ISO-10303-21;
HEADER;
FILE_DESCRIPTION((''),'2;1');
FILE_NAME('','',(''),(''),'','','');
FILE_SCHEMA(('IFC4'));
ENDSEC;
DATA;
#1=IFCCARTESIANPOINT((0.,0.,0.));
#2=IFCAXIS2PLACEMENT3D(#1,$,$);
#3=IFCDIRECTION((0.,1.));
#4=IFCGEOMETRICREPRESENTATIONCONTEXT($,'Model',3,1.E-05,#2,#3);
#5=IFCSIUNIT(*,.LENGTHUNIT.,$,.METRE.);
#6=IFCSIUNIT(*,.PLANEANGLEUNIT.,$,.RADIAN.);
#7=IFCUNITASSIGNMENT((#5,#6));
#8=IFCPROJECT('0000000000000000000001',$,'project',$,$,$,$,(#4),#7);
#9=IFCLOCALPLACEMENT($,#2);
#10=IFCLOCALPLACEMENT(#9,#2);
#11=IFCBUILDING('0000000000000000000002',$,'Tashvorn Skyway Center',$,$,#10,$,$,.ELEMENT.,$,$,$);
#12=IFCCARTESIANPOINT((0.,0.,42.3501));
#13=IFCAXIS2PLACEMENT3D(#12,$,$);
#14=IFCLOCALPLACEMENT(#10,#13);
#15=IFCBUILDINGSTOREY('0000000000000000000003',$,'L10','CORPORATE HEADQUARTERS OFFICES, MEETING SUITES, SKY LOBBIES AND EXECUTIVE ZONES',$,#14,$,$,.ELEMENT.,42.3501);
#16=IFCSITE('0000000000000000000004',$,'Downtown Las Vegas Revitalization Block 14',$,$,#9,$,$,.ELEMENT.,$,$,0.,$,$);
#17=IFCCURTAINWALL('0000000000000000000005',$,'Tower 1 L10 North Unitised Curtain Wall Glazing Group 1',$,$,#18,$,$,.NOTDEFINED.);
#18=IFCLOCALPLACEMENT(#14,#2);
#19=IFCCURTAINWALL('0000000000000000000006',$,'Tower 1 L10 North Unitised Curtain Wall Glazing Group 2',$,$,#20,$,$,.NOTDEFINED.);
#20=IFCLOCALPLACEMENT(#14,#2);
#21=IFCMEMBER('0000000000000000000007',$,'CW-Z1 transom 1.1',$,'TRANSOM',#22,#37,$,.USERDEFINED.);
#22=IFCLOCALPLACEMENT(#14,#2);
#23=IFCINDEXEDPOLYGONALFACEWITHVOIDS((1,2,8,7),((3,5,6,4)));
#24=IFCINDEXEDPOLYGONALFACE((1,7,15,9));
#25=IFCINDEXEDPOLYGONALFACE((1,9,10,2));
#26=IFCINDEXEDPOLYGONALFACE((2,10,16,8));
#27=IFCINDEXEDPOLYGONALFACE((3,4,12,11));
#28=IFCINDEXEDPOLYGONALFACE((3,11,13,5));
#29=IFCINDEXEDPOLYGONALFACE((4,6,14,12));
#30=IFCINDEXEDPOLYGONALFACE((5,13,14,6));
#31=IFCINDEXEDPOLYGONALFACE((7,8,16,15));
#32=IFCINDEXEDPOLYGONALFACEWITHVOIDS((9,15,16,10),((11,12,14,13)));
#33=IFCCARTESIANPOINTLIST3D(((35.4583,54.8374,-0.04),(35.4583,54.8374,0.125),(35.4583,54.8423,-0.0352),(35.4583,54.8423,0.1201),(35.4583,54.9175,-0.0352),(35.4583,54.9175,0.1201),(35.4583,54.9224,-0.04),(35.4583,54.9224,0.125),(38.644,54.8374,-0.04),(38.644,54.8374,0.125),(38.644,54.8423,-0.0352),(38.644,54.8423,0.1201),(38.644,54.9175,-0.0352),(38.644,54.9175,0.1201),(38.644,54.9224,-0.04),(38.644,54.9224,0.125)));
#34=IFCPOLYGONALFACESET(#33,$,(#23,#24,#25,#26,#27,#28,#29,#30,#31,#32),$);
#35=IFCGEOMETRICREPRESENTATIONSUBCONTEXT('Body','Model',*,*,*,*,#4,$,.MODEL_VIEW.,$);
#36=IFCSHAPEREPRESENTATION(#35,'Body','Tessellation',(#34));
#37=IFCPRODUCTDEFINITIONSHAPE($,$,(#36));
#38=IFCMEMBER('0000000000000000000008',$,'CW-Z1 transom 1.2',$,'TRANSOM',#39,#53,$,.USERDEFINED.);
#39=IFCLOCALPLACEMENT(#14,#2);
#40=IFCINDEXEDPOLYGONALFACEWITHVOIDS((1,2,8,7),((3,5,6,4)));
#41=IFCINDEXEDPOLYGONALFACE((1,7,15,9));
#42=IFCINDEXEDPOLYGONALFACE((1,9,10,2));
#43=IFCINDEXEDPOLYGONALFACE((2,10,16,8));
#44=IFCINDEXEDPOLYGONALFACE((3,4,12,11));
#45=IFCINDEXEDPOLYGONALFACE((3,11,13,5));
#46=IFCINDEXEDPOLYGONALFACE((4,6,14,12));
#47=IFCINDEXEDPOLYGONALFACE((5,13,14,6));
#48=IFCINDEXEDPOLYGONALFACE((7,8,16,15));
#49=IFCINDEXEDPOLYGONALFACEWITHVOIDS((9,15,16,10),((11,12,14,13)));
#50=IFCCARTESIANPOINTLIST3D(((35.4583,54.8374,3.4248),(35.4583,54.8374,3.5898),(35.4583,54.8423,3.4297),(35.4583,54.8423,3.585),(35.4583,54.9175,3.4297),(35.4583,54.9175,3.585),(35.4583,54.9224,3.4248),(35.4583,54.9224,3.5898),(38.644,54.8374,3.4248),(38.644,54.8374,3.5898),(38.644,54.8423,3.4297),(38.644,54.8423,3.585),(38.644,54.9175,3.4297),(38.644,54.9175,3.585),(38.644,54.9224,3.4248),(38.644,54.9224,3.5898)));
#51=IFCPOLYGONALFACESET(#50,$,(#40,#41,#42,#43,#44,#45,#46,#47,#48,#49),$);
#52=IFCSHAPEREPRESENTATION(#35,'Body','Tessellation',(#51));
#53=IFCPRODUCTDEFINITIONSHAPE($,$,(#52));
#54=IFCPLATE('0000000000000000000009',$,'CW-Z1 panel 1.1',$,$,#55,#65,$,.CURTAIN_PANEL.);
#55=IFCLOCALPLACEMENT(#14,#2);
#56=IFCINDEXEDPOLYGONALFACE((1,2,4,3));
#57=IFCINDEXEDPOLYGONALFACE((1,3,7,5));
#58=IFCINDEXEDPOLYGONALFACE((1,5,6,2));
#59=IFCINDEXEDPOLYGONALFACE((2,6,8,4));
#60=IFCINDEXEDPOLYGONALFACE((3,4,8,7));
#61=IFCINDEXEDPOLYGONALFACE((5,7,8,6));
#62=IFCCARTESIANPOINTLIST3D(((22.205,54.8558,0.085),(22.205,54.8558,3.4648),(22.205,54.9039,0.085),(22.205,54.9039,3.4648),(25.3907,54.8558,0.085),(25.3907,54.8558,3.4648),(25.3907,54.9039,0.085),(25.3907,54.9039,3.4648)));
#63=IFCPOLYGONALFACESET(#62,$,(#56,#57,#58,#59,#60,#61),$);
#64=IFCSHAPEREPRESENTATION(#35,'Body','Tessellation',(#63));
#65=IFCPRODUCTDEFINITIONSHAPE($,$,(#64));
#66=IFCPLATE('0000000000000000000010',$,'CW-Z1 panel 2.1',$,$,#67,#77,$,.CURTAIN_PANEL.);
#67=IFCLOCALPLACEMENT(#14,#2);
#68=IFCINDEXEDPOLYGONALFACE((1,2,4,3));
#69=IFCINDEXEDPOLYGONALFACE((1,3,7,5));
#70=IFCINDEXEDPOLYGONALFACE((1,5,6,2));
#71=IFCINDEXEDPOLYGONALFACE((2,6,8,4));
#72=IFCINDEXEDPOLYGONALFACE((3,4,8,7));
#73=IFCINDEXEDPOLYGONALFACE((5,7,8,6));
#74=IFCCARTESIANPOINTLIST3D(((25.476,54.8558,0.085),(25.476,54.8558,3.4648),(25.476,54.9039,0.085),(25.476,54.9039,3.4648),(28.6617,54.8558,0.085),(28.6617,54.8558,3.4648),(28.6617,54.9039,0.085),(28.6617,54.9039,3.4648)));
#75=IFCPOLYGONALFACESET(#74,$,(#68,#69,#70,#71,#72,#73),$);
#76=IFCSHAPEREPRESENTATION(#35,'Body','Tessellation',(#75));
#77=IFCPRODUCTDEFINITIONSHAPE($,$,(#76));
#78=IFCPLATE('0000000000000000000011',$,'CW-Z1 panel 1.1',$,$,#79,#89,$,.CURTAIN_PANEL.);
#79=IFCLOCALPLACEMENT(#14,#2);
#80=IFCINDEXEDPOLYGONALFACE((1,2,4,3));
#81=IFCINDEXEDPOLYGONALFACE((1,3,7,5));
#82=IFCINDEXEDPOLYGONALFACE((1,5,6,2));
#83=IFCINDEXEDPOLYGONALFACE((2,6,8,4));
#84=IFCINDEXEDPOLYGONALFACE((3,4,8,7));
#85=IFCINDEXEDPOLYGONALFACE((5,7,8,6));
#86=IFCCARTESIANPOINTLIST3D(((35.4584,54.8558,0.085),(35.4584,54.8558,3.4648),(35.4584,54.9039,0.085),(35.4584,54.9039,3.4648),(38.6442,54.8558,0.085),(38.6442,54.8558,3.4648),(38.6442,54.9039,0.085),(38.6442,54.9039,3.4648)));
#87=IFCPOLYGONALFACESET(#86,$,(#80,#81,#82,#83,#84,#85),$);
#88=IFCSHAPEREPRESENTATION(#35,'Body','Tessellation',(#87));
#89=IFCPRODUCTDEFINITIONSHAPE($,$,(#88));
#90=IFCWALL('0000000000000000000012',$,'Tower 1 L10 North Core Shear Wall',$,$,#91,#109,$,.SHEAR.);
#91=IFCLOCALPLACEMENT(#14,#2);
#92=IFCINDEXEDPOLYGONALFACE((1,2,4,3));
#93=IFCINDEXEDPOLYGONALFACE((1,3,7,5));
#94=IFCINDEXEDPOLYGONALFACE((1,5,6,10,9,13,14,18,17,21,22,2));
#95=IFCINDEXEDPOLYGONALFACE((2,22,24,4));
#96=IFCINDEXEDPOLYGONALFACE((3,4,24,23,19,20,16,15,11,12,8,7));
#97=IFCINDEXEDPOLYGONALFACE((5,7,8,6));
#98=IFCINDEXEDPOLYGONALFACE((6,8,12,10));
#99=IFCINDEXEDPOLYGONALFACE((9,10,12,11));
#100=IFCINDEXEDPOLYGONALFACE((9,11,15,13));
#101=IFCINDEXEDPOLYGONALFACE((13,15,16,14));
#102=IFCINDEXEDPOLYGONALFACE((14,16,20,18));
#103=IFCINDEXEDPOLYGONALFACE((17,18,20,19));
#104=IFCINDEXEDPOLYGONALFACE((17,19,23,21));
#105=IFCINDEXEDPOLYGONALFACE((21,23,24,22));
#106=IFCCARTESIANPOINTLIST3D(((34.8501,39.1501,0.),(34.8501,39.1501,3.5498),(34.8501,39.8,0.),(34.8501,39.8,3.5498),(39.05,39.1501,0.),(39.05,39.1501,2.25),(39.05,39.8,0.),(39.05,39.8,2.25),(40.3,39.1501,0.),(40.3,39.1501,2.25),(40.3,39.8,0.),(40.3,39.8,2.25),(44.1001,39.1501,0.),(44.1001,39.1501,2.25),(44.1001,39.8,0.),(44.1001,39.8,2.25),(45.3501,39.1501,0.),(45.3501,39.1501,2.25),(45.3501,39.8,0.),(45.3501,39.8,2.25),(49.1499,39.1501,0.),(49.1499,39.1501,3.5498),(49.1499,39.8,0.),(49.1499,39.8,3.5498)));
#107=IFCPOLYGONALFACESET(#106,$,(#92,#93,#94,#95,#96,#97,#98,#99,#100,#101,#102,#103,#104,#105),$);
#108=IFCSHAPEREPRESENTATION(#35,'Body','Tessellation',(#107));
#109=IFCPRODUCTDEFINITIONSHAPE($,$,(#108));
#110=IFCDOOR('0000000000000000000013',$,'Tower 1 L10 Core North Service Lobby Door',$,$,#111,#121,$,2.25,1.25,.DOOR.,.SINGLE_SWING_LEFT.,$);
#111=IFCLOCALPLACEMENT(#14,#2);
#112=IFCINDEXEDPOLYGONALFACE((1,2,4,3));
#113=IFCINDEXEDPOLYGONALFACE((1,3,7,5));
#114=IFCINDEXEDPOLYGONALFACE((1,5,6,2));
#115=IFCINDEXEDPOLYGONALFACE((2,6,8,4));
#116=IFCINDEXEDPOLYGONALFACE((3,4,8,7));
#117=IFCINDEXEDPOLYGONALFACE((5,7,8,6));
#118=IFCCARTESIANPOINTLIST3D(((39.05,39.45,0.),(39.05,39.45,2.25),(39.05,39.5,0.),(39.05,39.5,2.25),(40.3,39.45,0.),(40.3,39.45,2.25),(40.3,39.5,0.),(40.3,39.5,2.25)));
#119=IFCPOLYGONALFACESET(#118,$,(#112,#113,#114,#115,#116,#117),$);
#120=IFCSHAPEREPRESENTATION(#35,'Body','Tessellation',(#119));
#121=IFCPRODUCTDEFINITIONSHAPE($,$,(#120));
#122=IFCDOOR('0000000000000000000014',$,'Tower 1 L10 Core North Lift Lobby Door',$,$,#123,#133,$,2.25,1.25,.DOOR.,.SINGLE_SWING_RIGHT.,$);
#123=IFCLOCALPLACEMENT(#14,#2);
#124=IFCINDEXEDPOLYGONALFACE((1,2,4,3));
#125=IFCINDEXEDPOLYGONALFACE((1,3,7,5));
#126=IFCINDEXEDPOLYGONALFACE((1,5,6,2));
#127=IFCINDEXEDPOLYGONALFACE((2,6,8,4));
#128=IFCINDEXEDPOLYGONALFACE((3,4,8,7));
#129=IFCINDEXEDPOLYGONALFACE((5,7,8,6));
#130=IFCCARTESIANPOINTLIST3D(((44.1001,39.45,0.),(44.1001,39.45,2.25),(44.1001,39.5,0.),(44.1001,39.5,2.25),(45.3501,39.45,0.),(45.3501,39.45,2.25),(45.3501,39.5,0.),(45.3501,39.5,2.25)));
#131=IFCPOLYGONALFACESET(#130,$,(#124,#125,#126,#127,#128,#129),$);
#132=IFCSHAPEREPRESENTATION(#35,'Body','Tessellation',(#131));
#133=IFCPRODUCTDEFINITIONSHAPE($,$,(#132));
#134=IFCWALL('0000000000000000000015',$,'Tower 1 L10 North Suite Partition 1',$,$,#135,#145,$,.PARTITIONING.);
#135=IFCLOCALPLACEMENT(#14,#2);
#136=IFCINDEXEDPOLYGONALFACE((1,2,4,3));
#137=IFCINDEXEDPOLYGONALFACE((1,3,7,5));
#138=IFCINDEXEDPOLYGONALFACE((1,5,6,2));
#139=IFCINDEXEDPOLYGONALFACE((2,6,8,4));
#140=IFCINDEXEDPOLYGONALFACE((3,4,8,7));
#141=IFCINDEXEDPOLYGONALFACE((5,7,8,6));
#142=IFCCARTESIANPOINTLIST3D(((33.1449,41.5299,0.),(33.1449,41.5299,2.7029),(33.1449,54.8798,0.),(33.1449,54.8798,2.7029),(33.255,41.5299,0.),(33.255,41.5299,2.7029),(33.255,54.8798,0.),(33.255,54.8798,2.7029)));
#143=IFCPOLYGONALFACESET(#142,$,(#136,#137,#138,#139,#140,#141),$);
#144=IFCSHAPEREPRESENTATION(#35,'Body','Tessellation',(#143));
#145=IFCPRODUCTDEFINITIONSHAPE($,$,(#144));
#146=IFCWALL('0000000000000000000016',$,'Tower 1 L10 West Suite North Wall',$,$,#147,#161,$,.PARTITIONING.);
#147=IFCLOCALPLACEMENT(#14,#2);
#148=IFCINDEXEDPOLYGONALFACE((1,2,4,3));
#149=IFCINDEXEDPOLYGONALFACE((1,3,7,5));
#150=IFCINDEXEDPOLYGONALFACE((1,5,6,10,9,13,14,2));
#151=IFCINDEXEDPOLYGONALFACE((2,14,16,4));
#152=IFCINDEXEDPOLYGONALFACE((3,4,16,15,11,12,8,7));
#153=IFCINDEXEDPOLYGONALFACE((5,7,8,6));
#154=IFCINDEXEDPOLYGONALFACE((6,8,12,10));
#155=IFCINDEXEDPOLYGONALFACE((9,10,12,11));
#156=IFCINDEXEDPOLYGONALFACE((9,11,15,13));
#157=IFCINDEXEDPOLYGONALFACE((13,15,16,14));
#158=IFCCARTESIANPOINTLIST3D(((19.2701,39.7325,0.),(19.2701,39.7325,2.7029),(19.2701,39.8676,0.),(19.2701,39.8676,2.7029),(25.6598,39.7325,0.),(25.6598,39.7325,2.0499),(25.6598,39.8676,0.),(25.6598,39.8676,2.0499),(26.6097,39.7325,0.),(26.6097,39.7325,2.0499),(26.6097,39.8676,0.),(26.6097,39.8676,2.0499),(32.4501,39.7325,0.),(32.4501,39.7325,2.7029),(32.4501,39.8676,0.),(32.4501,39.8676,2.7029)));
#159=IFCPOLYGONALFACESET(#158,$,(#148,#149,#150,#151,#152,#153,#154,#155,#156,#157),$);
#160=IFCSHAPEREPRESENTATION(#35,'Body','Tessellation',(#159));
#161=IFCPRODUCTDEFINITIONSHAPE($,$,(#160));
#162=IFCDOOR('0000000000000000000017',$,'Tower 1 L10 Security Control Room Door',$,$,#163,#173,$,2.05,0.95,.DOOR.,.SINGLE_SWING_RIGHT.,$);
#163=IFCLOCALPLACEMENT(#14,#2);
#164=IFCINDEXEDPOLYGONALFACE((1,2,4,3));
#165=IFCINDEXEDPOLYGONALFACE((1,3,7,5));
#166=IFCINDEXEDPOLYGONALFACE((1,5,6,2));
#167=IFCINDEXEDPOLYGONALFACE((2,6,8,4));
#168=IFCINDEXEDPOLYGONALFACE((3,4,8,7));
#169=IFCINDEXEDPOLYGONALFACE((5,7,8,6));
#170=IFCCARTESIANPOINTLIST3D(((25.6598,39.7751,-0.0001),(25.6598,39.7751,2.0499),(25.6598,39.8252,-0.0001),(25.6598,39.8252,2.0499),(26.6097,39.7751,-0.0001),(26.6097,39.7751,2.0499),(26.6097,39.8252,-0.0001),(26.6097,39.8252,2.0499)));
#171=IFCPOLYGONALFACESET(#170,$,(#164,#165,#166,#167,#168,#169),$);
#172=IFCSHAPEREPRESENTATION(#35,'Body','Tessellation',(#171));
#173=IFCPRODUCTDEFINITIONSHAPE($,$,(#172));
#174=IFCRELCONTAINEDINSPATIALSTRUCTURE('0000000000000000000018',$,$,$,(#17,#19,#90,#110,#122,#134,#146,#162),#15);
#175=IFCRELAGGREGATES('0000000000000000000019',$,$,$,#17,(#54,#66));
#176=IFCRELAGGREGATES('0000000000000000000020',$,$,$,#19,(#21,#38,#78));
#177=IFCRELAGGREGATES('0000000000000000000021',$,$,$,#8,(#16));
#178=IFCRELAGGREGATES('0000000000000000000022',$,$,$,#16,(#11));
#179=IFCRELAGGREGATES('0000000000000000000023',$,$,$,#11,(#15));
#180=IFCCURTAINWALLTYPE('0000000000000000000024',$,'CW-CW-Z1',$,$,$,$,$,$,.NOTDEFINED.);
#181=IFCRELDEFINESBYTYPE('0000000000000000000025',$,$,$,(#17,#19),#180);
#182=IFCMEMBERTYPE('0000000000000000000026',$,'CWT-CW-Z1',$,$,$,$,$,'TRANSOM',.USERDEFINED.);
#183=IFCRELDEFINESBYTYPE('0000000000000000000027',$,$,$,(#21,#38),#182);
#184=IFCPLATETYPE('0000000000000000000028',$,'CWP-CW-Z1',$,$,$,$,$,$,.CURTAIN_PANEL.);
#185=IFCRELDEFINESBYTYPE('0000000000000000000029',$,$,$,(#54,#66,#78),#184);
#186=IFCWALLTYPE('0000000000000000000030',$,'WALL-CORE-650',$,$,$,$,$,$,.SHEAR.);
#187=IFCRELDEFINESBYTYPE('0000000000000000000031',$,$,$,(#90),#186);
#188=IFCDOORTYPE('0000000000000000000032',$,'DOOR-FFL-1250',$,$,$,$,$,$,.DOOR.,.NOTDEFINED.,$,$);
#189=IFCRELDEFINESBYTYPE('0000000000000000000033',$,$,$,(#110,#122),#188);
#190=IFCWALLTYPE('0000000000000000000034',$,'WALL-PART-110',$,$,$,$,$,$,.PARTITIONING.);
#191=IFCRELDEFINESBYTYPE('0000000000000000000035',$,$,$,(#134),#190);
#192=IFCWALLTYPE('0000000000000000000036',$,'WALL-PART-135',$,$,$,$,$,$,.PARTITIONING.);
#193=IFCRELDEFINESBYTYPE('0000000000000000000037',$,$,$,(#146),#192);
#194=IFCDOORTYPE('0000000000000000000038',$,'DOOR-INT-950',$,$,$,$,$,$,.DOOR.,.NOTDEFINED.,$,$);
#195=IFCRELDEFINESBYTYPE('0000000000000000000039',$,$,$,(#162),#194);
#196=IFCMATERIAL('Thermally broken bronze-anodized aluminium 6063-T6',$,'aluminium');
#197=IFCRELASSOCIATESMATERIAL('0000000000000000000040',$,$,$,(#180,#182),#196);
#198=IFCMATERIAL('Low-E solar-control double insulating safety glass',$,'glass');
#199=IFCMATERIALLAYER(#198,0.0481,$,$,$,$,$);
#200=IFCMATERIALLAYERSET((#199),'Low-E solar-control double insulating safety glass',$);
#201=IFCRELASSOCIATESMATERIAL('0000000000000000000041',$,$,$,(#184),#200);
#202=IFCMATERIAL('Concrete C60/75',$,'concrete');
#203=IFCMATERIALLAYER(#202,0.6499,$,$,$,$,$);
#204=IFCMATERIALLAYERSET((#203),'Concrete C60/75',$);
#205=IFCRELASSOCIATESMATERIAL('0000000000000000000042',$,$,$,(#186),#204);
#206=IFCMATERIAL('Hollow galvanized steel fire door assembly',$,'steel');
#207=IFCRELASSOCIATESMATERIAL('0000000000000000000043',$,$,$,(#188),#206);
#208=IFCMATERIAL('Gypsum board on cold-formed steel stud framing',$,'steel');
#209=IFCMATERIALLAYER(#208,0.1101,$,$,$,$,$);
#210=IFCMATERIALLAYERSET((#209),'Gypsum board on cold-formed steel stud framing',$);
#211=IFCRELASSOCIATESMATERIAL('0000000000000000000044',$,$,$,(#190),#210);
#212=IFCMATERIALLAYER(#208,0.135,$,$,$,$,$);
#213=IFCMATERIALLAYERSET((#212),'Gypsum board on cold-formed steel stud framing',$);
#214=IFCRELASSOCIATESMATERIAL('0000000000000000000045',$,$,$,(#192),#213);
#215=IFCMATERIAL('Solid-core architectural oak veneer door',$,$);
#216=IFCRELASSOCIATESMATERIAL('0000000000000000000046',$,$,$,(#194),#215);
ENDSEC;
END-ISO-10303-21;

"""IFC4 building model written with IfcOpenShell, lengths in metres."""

from ifc_helpers import new_model, si_unit, direction, frame, frame_2d, origin, origin_2d, place, context, subcontext, project, spatial, rectangle, hollow_rectangle, extrude, material, layer, layer_set, material_profile, profile_set, type_object, element, fill, aggregate, save


model = new_model("IFC4")

# Units and contexts
model_context = context("Model", 3, precision=1e-05, world=origin(), true_north=direction((0.0, 1.0)))
body_context = subcontext(model_context, "Body", "Model", "MODEL_VIEW")
ifc_project = project(units=[si_unit("LENGTHUNIT", "METRE"), si_unit("PLANEANGLEUNIT", "RADIAN")], contexts=[model_context])

# Site, building, storey
site_placement = place(None, origin())
site = spatial("IfcSite", under=ifc_project, at=site_placement, Name="Downtown Las Vegas Revitalization Block 14", CompositionType="ELEMENT", RefElevation=0.0)
building_placement = place(site_placement, origin())
building = spatial("IfcBuilding", under=site, at=building_placement, Name="Tashvorn Skyway Center", CompositionType="ELEMENT")
storey_placement = place(building_placement, frame((0.0, 0.0, 42.3501)))
storey = spatial("IfcBuildingStorey", under=building, at=storey_placement, Name="L10", Description="CORPORATE HEADQUARTERS OFFICES, MEETING SUITES, SKY LOBBIES AND EXECUTIVE ZONES", CompositionType="ELEMENT", Elevation=42.3501)

# Curtain wall
ifc_material_1 = material(Name="Thermally broken bronze-anodized aluminium 6063-T6", Category="aluminium")
curtain_wall_type = type_object("IfcCurtainWallType", Name="CW-CW-Z1", PredefinedType="NOTDEFINED", material=ifc_material_1)
curtain_wall_1_placement = place(storey_placement, origin())
curtain_wall_1 = element("IfcCurtainWall", 1, at=curtain_wall_1_placement, inside=storey, type_object=curtain_wall_type, Name="Tower 1 L10 North Unitised Curtain Wall Glazing Group 1", PredefinedType="NOTDEFINED")

# Curtain wall
curtain_wall_2_placement = place(storey_placement, origin())
curtain_wall_2 = element("IfcCurtainWall", 2, at=curtain_wall_2_placement, inside=storey, type_object=curtain_wall_type, Name="Tower 1 L10 North Unitised Curtain Wall Glazing Group 2", PredefinedType="NOTDEFINED")

# Members
ifc_material_profile_1 = material_profile(ifc_material_1, hollow_rectangle(XDim=0.085, YDim=0.165, WallThickness=0.0049, at=origin_2d()), Name="ALU-TRAN-85x165")
ifc_profile_set_1 = profile_set([ifc_material_profile_1], Name="Thermally broken bronze-anodized aluminium 6063-T6")
member_type_1 = type_object("IfcMemberType", Name="CWT-CW-Z1", ElementType="TRANSOM", PredefinedType="USERDEFINED", material=ifc_profile_set_1)
member_1_placement = place(storey_placement, frame((35.4583, 54.8799, 0.0425), z_axis=(1.0, 0.0, 0.0), x_axis=(0.0, 1.0, 0.0)))
member_1 = element("IfcMember", 3, at=member_1_placement, type_object=member_type_1, Name="CW-Z1 transom 1.1", ObjectType="TRANSOM", PredefinedType="USERDEFINED", context=body_context, shape_type="SweptSolid", body=[
    extrude(hollow_rectangle(XDim=0.085, YDim=0.165, WallThickness=0.0049, at=origin_2d()), origin(), (0.0, 0.0, 1.0), 3.1858),
])
member_2_placement = place(storey_placement, frame((35.4583, 54.8799, 3.5073), z_axis=(1.0, 0.0, 0.0), x_axis=(0.0, 1.0, 0.0)))
member_2 = element("IfcMember", 4, at=member_2_placement, type_object=member_type_1, Name="CW-Z1 transom 1.2", ObjectType="TRANSOM", PredefinedType="USERDEFINED", context=body_context, shape_type="SweptSolid", body=[
    extrude(hollow_rectangle(XDim=0.085, YDim=0.165, WallThickness=0.0049, at=origin_2d()), origin(), (0.0, 0.0, 1.0), 3.1858),
])

# Plates
ifc_material_2 = material(Name="Low-E solar-control double insulating safety glass", Category="glass")
ifc_layer_1 = layer(ifc_material_2, 0.0481)
ifc_layer_set_1 = layer_set([ifc_layer_1], Name="Low-E solar-control double insulating safety glass")
plate_type = type_object("IfcPlateType", Name="CWP-CW-Z1", PredefinedType="CURTAIN_PANEL", material=ifc_layer_set_1)
plate_1_placement = place(storey_placement, frame((23.7979, 54.8799, 0.085), z_axis=(0.0, 0.0, 1.0), x_axis=(1.0, 0.0, 0.0)))
plate_1 = element("IfcPlate", 5, at=plate_1_placement, type_object=plate_type, Name="CW-Z1 panel 1.1", PredefinedType="CURTAIN_PANEL", context=body_context, shape_type="SweptSolid", body=[
    extrude(rectangle(XDim=3.1858, YDim=0.0481, at=origin_2d()), origin(), (0.0, 0.0, 1.0), 3.3799),
])
plate_2_placement = place(storey_placement, frame((27.0688, 54.8799, 0.085), z_axis=(0.0, 0.0, 1.0), x_axis=(1.0, 0.0, 0.0)))
plate_2 = element("IfcPlate", 6, at=plate_2_placement, type_object=plate_type, Name="CW-Z1 panel 2.1", PredefinedType="CURTAIN_PANEL", context=body_context, shape_type="SweptSolid", body=[
    extrude(rectangle(XDim=3.1858, YDim=0.0481, at=origin_2d()), origin(), (0.0, 0.0, 1.0), 3.3799),
])
aggregate(curtain_wall_1, [plate_1, plate_2])
plate_3_placement = place(storey_placement, frame((37.0513, 54.8799, 0.085), z_axis=(0.0, 0.0, 1.0), x_axis=(1.0, 0.0, 0.0)))
plate_3 = element("IfcPlate", 7, at=plate_3_placement, type_object=plate_type, Name="CW-Z1 panel 1.1", PredefinedType="CURTAIN_PANEL", context=body_context, shape_type="SweptSolid", body=[
    extrude(rectangle(XDim=3.1858, YDim=0.0481, at=origin_2d()), origin(), (0.0, 0.0, 1.0), 3.3799),
])
aggregate(curtain_wall_2, [member_1, member_2, plate_3])

# Wall, openings, doors
ifc_material_3 = material(Name="Concrete C60/75", Category="concrete")
ifc_layer_2 = layer(ifc_material_3, 0.6499)
ifc_layer_set_2 = layer_set([ifc_layer_2], Name="Concrete C60/75")
wall_type_1 = type_object("IfcWallType", Name="WALL-CORE-650", PredefinedType="SHEAR", material=ifc_layer_set_2)
wall_1_placement = place(storey_placement, frame((34.8501, 39.4751, 0.0), z_axis=(0.0, 0.0, 1.0), x_axis=(1.0, 0.0, 0.0)))
wall_1 = element("IfcWall", 8, at=wall_1_placement, inside=storey, type_object=wall_type_1, Name="Tower 1 L10 North Core Shear Wall", PredefinedType="SHEAR", context=body_context, shape_type="SweptSolid", body=[
    extrude(rectangle(XDim=14.2998, YDim=0.6499, at=frame_2d((7.1499, 0.0))), origin(), (0.0, 0.0, 1.0), 3.5498),
])
opening_1_placement = place(wall_1_placement, frame((4.2, 0.0, 0.0)))
opening_1 = element("IfcOpeningElement", 9, at=opening_1_placement, cuts=wall_1, PredefinedType="OPENING", context=body_context, shape_type="SweptSolid", body=[
    extrude(rectangle(XDim=1.25, YDim=2.25, at=frame_2d((0.625, 1.125))), frame((0.0, 0.335, 0.0), z_axis=(0.0, -1.0, 0.0), x_axis=(1.0, 0.0, 0.0)), (0.0, 0.0, 1.0), 0.6699),
])
opening_2_placement = place(wall_1_placement, frame((9.25, 0.0, 0.0)))
opening_2 = element("IfcOpeningElement", 10, at=opening_2_placement, cuts=wall_1, PredefinedType="OPENING", context=body_context, shape_type="SweptSolid", body=[
    extrude(rectangle(XDim=1.25, YDim=2.25, at=frame_2d((0.625, 1.125))), frame((0.0, 0.335, 0.0), z_axis=(0.0, -1.0, 0.0), x_axis=(1.0, 0.0, 0.0)), (0.0, 0.0, 1.0), 0.6699),
])
ifc_material_4 = material(Name="Hollow galvanized steel fire door assembly", Category="steel")
door_type_1 = type_object("IfcDoorType", Name="DOOR-FFL-1250", OperationType="NOTDEFINED", PredefinedType="DOOR", material=ifc_material_4)
door_1_placement = place(opening_1_placement, origin())
door_1 = element("IfcDoor", 11, at=door_1_placement, inside=storey, type_object=door_type_1, Name="Tower 1 L10 Core North Service Lobby Door", OperationType="SINGLE_SWING_LEFT", OverallHeight=2.25, OverallWidth=1.25, PredefinedType="DOOR", context=body_context, shape_type="SweptSolid", body=[
    extrude(rectangle(XDim=1.25, YDim=2.25, at=frame_2d((0.625, 1.125))), frame((0.0, 0.0249, 0.0), z_axis=(0.0, -1.0, 0.0), x_axis=(1.0, 0.0, 0.0)), (0.0, 0.0, 1.0), 0.05),
])
fill(opening_1, door_1)
door_2_placement = place(opening_2_placement, origin())
door_2 = element("IfcDoor", 12, at=door_2_placement, inside=storey, type_object=door_type_1, Name="Tower 1 L10 Core North Lift Lobby Door", OperationType="SINGLE_SWING_RIGHT", OverallHeight=2.25, OverallWidth=1.25, PredefinedType="DOOR", context=body_context, shape_type="SweptSolid", body=[
    extrude(rectangle(XDim=1.25, YDim=2.25, at=frame_2d((0.625, 1.125))), frame((0.0, 0.0249, 0.0), z_axis=(0.0, -1.0, 0.0), x_axis=(1.0, 0.0, 0.0)), (0.0, 0.0, 1.0), 0.05),
])
fill(opening_2, door_2)

# Wall
ifc_material_5 = material(Name="Gypsum board on cold-formed steel stud framing", Category="steel")
ifc_layer_3 = layer(ifc_material_5, 0.1101)
ifc_layer_set_3 = layer_set([ifc_layer_3], Name="Gypsum board on cold-formed steel stud framing")
wall_type_2 = type_object("IfcWallType", Name="WALL-PART-110", PredefinedType="PARTITIONING", material=ifc_layer_set_3)
wall_2_placement = place(storey_placement, frame((33.2, 41.53, 0.0), z_axis=(0.0, 0.0, 1.0), x_axis=(0.0, 1.0, 0.0)))
element("IfcWall", 13, at=wall_2_placement, inside=storey, type_object=wall_type_2, Name="Tower 1 L10 North Suite Partition 1", PredefinedType="PARTITIONING", context=body_context, shape_type="SweptSolid", body=[
    extrude(rectangle(XDim=13.3499, YDim=0.1101, at=frame_2d((6.6748, 0.0))), origin(), (0.0, 0.0, 1.0), 2.7029),
])

# Wall, opening, door
ifc_layer_4 = layer(ifc_material_5, 0.135)
ifc_layer_set_4 = layer_set([ifc_layer_4], Name="Gypsum board on cold-formed steel stud framing")
wall_type_3 = type_object("IfcWallType", Name="WALL-PART-135", PredefinedType="PARTITIONING", material=ifc_layer_set_4)
wall_3_placement = place(storey_placement, frame((32.45, 39.8, 0.0), z_axis=(0.0, 0.0, 1.0), x_axis=(-1.0, 0.0, 0.0)))
wall_3 = element("IfcWall", 14, at=wall_3_placement, inside=storey, type_object=wall_type_3, Name="Tower 1 L10 West Suite North Wall", PredefinedType="PARTITIONING", context=body_context, shape_type="SweptSolid", body=[
    extrude(rectangle(XDim=13.1799, YDim=0.135, at=frame_2d((6.5898, 0.0))), origin(), (0.0, 0.0, 1.0), 2.7029),
])
opening_3_placement = place(wall_3_placement, frame((5.8401, 0.0, 0.0)))
opening_3 = element("IfcOpeningElement", 15, at=opening_3_placement, cuts=wall_3, PredefinedType="OPENING", context=body_context, shape_type="SweptSolid", body=[
    extrude(rectangle(XDim=0.95, YDim=2.05, at=frame_2d((0.4751, 1.0249))), frame((0.0, 0.0774, 0.0), z_axis=(0.0, -1.0, 0.0), x_axis=(1.0, 0.0, 0.0)), (0.0, 0.0, 1.0), 0.155),
])
ifc_material_6 = material(Name="Solid-core architectural oak veneer door")
door_type_2 = type_object("IfcDoorType", Name="DOOR-INT-950", OperationType="NOTDEFINED", PredefinedType="DOOR", material=ifc_material_6)
door_3_placement = place(opening_3_placement, origin())
door_3 = element("IfcDoor", 16, at=door_3_placement, inside=storey, type_object=door_type_2, Name="Tower 1 L10 Security Control Room Door", OperationType="SINGLE_SWING_RIGHT", OverallHeight=2.05, OverallWidth=0.95, PredefinedType="DOOR", context=body_context, shape_type="SweptSolid", body=[
    extrude(rectangle(XDim=0.95, YDim=2.05, at=frame_2d((0.4751, 1.0249))), frame((0.0, 0.0249, 0.0), z_axis=(0.0, -1.0, 0.0), x_axis=(1.0, 0.0, 0.0)), (0.0, 0.0, 1.0), 0.05),
])
fill(opening_3, door_3)

save(model, "model.ifc")
